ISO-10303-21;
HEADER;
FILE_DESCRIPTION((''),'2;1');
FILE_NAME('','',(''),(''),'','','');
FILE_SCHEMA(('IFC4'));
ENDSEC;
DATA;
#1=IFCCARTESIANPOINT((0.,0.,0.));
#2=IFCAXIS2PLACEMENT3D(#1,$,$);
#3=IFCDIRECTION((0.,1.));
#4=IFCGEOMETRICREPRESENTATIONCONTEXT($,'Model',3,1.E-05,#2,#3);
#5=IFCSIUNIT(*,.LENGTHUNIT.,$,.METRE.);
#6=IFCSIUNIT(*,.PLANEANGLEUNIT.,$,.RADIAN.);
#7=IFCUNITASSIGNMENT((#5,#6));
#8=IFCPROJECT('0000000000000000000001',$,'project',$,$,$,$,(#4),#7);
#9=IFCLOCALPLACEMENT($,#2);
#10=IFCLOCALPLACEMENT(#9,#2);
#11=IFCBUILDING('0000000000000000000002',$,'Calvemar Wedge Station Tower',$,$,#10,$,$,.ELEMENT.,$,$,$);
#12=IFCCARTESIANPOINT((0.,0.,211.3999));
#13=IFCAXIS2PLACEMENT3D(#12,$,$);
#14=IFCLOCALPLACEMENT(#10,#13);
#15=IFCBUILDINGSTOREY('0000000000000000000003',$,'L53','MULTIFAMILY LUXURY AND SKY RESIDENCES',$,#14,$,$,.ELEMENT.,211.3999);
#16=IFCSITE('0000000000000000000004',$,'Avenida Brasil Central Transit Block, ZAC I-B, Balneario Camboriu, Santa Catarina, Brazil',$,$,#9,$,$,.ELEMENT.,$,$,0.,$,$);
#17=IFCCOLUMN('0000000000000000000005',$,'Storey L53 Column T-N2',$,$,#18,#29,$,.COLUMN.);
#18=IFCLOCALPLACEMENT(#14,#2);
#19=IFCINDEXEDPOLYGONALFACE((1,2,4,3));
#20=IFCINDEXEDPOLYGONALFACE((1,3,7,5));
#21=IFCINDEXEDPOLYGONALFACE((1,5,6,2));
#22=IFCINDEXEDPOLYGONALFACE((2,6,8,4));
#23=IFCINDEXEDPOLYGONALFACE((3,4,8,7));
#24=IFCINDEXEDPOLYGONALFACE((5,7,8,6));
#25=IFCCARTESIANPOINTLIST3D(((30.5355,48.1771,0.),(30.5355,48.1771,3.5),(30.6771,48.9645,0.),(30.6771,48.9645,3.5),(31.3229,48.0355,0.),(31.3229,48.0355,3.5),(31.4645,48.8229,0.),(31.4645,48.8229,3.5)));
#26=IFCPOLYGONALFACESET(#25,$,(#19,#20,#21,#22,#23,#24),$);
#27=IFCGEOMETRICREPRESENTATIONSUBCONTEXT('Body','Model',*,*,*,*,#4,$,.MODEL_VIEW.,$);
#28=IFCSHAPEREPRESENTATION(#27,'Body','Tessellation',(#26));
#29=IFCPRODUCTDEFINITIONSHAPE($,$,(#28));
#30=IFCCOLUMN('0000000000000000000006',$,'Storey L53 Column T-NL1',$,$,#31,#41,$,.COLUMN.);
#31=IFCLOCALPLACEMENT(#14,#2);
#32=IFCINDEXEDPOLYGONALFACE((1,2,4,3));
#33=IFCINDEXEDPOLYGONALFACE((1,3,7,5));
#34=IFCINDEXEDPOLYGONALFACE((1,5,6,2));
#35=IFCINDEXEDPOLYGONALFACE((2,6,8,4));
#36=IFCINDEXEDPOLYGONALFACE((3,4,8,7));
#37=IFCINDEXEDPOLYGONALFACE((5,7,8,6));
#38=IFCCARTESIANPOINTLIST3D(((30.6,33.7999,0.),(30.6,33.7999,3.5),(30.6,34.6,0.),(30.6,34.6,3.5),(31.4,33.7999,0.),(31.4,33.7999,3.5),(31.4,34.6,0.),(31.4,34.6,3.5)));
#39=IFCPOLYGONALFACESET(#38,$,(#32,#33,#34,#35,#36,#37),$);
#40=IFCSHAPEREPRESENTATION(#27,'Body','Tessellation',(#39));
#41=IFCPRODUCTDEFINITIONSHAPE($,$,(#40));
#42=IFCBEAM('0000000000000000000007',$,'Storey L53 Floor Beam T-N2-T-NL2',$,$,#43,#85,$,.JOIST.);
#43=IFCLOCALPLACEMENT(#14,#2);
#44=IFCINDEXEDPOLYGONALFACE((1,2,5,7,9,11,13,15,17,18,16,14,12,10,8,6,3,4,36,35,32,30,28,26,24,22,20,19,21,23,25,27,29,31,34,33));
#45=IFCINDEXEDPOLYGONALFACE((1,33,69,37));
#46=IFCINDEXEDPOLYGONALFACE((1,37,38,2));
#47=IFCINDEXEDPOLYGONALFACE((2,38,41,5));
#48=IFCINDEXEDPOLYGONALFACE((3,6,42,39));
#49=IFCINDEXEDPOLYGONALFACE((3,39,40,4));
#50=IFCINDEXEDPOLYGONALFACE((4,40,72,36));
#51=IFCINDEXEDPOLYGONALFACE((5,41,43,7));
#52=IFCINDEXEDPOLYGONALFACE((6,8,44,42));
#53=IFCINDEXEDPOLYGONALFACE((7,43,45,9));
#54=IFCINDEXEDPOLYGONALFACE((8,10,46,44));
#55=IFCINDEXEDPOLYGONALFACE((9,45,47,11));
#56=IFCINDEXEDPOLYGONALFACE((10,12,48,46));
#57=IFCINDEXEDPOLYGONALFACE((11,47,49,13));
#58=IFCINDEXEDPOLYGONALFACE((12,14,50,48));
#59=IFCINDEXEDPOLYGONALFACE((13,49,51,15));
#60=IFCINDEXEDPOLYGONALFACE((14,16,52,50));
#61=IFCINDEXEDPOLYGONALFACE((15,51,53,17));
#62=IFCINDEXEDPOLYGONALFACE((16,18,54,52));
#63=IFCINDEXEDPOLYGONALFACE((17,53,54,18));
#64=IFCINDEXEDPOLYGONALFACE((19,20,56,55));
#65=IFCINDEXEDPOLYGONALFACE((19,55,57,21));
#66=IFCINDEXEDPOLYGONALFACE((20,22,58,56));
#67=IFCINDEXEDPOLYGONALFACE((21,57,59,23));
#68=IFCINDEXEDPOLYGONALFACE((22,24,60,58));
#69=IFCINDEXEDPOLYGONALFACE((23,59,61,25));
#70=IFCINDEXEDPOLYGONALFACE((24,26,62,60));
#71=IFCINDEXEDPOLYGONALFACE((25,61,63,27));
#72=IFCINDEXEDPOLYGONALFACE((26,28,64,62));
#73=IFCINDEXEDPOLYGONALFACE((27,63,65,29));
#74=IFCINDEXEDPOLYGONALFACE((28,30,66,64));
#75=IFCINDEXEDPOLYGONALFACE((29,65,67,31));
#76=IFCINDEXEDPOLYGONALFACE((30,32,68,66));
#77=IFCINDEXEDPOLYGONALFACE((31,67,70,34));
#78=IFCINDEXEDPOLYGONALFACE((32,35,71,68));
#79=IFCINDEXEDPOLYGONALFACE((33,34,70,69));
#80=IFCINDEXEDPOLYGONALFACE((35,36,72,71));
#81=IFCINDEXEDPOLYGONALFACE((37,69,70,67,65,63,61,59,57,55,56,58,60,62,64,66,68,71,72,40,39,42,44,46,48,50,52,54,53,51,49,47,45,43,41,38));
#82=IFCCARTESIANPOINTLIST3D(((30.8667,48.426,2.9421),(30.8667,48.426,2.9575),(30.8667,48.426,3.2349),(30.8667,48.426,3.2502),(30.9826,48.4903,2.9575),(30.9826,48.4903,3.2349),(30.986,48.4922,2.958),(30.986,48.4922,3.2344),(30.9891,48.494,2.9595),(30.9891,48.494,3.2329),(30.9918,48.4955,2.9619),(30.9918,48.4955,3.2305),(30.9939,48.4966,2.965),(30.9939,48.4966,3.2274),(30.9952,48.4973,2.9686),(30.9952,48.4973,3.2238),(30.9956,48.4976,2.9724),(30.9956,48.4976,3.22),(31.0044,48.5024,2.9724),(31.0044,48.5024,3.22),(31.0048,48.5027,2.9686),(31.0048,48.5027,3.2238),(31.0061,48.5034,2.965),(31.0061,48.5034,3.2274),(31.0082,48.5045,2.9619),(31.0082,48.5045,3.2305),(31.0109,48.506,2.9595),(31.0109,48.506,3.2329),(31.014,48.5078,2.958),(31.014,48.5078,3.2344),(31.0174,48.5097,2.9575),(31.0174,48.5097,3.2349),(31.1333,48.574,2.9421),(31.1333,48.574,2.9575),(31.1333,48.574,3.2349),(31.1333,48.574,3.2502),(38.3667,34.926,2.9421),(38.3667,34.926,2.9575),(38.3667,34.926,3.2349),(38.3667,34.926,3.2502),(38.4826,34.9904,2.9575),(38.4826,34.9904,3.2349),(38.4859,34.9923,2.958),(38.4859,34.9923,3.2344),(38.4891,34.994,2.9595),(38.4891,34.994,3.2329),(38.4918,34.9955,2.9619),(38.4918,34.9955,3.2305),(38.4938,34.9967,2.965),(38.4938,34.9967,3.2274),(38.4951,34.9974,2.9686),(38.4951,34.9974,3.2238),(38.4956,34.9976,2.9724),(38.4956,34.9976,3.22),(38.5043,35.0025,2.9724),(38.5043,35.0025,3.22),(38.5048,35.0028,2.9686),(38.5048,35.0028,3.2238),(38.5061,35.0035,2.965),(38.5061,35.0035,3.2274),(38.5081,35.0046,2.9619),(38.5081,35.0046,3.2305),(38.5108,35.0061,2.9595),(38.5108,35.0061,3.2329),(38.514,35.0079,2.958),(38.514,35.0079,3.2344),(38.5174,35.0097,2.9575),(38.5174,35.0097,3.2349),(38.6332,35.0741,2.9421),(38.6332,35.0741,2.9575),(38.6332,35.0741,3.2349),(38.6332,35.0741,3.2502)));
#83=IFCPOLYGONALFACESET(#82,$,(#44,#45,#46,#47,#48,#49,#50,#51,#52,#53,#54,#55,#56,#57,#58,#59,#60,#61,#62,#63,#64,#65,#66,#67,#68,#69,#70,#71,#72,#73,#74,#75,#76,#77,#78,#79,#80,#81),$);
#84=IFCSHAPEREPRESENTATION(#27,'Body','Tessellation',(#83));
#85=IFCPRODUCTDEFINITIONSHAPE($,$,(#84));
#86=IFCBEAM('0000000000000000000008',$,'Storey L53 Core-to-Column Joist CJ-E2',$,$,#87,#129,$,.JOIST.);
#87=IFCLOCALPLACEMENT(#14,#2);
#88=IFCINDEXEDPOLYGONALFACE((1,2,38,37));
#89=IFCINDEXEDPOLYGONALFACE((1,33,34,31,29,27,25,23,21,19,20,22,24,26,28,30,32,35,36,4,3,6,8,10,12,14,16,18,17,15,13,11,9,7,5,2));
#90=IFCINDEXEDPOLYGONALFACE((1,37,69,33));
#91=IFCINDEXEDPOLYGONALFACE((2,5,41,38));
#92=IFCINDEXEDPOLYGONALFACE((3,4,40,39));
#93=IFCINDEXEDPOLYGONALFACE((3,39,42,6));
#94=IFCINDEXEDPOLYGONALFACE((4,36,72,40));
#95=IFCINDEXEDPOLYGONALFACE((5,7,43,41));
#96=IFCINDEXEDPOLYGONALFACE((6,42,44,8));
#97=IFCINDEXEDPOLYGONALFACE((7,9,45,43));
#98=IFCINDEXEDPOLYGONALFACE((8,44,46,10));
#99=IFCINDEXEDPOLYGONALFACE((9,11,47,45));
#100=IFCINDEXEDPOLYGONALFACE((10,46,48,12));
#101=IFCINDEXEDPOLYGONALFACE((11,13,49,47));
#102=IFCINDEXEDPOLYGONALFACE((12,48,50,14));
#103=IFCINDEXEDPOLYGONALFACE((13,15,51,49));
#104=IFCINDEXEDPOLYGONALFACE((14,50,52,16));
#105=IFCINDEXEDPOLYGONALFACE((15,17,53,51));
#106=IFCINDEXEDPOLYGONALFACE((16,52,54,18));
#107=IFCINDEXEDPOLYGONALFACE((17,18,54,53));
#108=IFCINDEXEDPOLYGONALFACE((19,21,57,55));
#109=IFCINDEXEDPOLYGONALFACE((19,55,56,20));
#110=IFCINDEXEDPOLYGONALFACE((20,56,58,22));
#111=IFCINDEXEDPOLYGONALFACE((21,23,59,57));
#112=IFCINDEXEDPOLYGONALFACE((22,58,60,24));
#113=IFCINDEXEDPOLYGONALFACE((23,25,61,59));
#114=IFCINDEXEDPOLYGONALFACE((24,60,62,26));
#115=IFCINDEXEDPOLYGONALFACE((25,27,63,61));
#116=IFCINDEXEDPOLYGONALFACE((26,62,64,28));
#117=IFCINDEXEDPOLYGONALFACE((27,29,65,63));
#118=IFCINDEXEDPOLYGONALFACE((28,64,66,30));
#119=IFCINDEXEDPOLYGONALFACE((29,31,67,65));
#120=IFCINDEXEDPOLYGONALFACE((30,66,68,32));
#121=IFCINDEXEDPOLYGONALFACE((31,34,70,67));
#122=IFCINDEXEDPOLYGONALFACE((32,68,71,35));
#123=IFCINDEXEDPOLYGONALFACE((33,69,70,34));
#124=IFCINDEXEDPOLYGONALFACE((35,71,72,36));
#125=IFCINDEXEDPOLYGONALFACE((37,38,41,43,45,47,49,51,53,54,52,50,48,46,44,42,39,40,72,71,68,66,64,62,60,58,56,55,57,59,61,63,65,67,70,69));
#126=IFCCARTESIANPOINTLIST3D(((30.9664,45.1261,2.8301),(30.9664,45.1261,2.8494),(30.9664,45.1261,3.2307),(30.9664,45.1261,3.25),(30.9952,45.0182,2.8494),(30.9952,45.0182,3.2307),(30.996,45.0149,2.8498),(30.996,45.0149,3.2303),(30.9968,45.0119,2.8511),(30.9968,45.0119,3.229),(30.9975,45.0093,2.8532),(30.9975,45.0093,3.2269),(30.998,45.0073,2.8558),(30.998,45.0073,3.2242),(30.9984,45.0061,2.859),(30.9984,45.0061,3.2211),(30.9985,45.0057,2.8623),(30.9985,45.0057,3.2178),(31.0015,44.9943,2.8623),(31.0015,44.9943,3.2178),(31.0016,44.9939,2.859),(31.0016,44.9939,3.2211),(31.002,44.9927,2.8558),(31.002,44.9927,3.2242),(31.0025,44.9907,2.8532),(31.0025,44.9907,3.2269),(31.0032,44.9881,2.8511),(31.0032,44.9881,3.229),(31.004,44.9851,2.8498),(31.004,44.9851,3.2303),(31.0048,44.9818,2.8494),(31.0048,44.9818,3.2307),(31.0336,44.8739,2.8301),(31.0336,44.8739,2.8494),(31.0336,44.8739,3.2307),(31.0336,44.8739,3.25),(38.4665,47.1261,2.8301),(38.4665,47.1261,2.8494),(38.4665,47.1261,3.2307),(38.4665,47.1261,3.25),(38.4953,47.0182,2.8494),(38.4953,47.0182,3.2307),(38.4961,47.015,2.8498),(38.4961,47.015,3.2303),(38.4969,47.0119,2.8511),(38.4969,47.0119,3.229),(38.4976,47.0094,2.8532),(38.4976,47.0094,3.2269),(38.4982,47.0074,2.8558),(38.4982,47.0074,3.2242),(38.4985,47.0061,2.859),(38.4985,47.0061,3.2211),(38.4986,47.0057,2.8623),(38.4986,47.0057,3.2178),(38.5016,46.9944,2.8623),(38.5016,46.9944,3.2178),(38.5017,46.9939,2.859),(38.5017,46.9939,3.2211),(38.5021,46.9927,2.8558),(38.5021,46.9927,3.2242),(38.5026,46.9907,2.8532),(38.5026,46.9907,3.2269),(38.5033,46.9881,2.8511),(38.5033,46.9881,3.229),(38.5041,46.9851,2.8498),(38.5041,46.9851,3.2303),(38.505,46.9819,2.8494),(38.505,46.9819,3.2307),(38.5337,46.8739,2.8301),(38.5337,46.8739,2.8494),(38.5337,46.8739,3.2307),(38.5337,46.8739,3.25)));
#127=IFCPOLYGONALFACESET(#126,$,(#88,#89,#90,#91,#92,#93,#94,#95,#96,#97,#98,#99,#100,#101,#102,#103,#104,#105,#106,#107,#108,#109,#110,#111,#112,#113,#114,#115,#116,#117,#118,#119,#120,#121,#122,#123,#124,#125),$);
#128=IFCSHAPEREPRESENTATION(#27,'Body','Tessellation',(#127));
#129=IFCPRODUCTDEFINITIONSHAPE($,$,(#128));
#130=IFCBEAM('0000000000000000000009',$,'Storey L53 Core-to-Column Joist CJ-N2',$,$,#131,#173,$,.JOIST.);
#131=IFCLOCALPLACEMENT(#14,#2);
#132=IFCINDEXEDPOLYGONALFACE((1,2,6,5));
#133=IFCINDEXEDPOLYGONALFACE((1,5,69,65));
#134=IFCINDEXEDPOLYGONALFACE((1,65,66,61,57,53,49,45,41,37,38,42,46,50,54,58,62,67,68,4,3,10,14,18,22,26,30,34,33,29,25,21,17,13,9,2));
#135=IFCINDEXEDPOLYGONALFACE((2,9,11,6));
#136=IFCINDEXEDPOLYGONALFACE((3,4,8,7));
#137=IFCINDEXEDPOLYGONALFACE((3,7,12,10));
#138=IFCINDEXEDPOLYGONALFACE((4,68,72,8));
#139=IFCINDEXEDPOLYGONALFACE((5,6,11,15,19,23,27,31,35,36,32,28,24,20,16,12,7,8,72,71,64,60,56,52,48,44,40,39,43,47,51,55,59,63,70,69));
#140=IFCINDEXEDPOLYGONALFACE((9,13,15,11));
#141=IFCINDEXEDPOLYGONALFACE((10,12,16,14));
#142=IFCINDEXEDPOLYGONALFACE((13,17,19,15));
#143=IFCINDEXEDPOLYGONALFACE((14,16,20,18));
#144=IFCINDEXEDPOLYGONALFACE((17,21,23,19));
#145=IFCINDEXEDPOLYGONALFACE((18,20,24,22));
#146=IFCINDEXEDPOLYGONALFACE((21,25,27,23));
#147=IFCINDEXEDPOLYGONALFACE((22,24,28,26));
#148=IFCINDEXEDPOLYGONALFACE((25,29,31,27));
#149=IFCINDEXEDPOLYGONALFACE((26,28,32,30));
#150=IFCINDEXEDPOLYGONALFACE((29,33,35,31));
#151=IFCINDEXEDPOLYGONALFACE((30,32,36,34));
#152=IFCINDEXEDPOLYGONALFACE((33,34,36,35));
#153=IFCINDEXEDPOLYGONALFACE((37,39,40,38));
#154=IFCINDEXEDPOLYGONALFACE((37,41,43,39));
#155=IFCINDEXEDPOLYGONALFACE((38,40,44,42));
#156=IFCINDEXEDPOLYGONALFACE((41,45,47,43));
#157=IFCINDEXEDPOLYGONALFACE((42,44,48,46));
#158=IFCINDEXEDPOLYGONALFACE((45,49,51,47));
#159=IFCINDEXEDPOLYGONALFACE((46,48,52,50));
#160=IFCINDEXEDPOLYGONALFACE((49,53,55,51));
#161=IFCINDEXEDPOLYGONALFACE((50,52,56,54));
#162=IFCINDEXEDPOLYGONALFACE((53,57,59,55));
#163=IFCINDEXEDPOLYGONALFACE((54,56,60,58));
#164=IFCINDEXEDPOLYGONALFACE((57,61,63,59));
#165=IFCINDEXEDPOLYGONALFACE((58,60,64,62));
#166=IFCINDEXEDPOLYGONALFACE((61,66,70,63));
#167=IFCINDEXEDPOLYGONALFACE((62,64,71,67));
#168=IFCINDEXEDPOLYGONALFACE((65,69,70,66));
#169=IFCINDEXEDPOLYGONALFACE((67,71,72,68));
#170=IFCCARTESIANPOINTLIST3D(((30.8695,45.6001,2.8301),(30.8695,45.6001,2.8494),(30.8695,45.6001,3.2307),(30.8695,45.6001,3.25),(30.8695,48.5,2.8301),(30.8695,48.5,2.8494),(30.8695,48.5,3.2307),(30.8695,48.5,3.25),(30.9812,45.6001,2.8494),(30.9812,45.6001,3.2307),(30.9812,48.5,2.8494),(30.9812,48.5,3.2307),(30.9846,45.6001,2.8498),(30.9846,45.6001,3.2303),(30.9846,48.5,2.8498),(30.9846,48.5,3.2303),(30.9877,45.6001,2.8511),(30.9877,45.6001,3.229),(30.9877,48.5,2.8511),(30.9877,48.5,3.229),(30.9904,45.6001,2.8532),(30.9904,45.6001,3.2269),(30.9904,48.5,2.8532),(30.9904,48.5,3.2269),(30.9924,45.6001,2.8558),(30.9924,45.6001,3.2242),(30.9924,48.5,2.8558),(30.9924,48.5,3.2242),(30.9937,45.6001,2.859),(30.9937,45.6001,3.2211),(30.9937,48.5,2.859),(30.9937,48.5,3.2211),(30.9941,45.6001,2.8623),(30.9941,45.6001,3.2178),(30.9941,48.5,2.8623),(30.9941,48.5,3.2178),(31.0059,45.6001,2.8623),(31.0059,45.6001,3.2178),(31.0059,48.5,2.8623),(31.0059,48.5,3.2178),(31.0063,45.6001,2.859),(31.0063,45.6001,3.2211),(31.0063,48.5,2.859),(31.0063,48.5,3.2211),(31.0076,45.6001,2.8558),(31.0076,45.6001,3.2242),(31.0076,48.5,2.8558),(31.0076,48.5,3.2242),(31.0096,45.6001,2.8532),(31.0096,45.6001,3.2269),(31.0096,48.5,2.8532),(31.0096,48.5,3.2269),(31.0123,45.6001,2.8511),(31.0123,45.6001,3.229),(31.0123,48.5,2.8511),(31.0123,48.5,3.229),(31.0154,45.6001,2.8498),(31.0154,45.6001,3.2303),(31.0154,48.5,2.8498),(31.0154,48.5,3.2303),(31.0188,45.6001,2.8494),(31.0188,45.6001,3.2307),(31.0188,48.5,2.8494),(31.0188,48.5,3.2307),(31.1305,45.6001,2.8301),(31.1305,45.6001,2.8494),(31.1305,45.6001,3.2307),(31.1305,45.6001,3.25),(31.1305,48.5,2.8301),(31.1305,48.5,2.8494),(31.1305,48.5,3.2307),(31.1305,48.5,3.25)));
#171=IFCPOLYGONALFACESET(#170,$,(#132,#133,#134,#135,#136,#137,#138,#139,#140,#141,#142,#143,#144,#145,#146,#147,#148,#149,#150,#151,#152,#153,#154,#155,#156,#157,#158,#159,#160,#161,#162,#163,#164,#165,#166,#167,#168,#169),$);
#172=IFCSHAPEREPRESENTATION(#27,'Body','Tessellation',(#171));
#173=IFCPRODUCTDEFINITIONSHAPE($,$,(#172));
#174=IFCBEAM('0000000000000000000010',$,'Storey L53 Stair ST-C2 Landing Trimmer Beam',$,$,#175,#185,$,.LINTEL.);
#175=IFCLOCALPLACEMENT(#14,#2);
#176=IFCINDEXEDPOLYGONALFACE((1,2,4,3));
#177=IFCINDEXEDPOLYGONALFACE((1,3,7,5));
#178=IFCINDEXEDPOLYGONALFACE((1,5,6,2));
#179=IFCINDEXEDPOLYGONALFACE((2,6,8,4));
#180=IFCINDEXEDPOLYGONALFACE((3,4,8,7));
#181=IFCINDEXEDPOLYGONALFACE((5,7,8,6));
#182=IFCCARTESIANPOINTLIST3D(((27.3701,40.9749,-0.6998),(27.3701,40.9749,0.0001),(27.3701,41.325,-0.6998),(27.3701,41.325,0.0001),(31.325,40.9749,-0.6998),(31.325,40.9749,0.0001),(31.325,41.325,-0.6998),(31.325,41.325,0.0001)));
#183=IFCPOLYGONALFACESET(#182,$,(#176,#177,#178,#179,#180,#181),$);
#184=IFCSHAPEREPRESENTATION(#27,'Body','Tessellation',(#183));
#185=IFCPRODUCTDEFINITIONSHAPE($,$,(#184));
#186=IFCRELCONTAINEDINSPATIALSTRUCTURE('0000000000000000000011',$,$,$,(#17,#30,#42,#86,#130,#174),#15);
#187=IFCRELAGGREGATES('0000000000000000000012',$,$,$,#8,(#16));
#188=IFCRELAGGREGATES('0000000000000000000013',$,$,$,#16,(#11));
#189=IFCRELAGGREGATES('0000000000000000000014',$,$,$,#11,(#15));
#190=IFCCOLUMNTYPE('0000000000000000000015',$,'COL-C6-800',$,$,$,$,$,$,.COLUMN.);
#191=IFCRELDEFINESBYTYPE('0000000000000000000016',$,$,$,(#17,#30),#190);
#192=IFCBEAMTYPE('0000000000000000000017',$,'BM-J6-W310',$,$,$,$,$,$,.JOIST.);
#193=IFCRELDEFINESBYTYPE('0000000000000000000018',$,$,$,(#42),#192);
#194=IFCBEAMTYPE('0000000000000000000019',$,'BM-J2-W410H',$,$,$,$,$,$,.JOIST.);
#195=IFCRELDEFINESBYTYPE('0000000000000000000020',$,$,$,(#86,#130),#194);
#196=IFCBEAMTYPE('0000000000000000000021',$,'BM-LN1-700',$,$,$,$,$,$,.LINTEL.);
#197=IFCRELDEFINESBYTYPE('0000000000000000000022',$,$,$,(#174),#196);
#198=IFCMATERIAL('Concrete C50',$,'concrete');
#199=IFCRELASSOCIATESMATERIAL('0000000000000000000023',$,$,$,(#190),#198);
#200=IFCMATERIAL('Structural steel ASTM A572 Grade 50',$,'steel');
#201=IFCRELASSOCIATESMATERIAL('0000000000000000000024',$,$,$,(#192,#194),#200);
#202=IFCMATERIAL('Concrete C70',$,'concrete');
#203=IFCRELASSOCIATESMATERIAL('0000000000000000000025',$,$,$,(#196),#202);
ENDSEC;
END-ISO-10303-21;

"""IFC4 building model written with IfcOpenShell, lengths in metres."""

from ifc_helpers import new_model, si_unit, direction, frame, origin, origin_2d, place, context, subcontext, project, spatial, rectangle, i_section, extrude, source, transform, mapped, material, material_profile, profile_set, type_object, element, save


model = new_model("IFC4")

# Units and contexts
model_context = context("Model", 3, precision=1e-05, world=origin(), true_north=direction((0.0, 1.0)))
body_context = subcontext(model_context, "Body", "Model", "MODEL_VIEW")
ifc_project = project(units=[si_unit("LENGTHUNIT", "METRE"), si_unit("PLANEANGLEUNIT", "RADIAN")], contexts=[model_context])

# Site, building, storey
site_placement = place(None, origin())
site = spatial("IfcSite", under=ifc_project, at=site_placement, Name="Avenida Brasil Central Transit Block, ZAC I-B, Balneario Camboriu, Santa Catarina, Brazil", CompositionType="ELEMENT", RefElevation=0.0)
building_placement = place(site_placement, origin())
building = spatial("IfcBuilding", under=site, at=building_placement, Name="Calvemar Wedge Station Tower", CompositionType="ELEMENT")
storey_placement = place(building_placement, frame((0.0, 0.0, 211.3999)))
storey = spatial("IfcBuildingStorey", under=building, at=storey_placement, Name="L53", Description="MULTIFAMILY LUXURY AND SKY RESIDENCES", CompositionType="ELEMENT", Elevation=211.3999)

# Columns
ifc_material_1 = material(Name="Concrete C50", Category="concrete")
ifc_material_profile_1 = material_profile(ifc_material_1, rectangle(XDim=0.8, YDim=0.8, at=origin_2d()), Name="RC800x800")
ifc_profile_set_1 = profile_set([ifc_material_profile_1], Name="Concrete C50")
column_type = type_object("IfcColumnType", Name="COL-C6-800", PredefinedType="COLUMN", material=ifc_profile_set_1)
shared_shape_1 = source(origin(), body_context, "Body", "SweptSolid", [
    extrude(rectangle(XDim=0.8, YDim=0.8, at=origin_2d()), origin(), (0.0, 0.0, 1.0), 3.5),
])
for number, where, z_axis, x_axis, name in (
    (1, (31.0, 48.5, 0.0), (0.0, 0.0, 1.0), (0.984196, -0.177085, 0.0), "Storey L53 Column T-N2"),
    (2, (31.0, 34.2, 0.0), (0.0, 0.0, 1.0), (1.0, 0.0, 0.0), "Storey L53 Column T-NL1"),
):
    element("IfcColumn", number, at=place(storey_placement, frame(where, z_axis=z_axis, x_axis=x_axis)), inside=storey, type_object=column_type, Name=name, PredefinedType="COLUMN", context=body_context, shape_type="MappedRepresentation", body=[
        mapped(shared_shape_1, transform((0.0, 0.0, 0.0), scale=1.0)),
    ])

# Beams
ifc_material_2 = material(Name="Structural steel ASTM A572 Grade 50", Category="steel")
ifc_material_profile_2 = material_profile(ifc_material_2, i_section(OverallWidth=0.3049, OverallDepth=0.3081, WebThickness=0.01, FlangeThickness=0.0154, FilletRadius=0.0149, at=origin_2d()), Name="W310x97")
ifc_profile_set_2 = profile_set([ifc_material_profile_2], Name="Structural steel ASTM A572 Grade 50")
beam_type_1 = type_object("IfcBeamType", Name="BM-J6-W310", PredefinedType="JOIST", material=ifc_profile_set_2)
shared_shape_2 = source(origin(), body_context, "Body", "SweptSolid", [
    extrude(i_section(OverallWidth=0.3049, OverallDepth=0.3081, WebThickness=0.01, FlangeThickness=0.0154, FilletRadius=0.0149, at=origin_2d()), origin(), (0.0, 0.0, 1.0), 15.4434),
])
beam_1_placement = place(storey_placement, frame((31.0, 48.5, 3.0962), z_axis=(0.485643, -0.874157, 0.0), x_axis=(0.874157, 0.485643, 0.0)))
element("IfcBeam", 3, at=beam_1_placement, inside=storey, type_object=beam_type_1, Name="Storey L53 Floor Beam T-N2-T-NL2", PredefinedType="JOIST", context=body_context, shape_type="MappedRepresentation", body=[
    mapped(shared_shape_2, transform((0.0, 0.0, 0.0), scale=1.0)),
])
ifc_material_profile_3 = material_profile(ifc_material_2, i_section(OverallWidth=0.261, OverallDepth=0.4199, WebThickness=0.0117, FlangeThickness=0.0193, FilletRadius=0.0129, at=origin_2d()), Name="W410x114")
ifc_profile_set_3 = profile_set([ifc_material_profile_3], Name="Structural steel ASTM A572 Grade 50")
beam_type_2 = type_object("IfcBeamType", Name="BM-J2-W410H", PredefinedType="JOIST", material=ifc_profile_set_3)
shared_shape_3 = source(origin(), body_context, "Body", "SweptSolid", [
    extrude(i_section(OverallWidth=0.261, OverallDepth=0.4199, WebThickness=0.0117, FlangeThickness=0.0193, FilletRadius=0.0129, at=origin_2d()), origin(), (0.0, 0.0, 1.0), 7.7622),
])
beam_2_placement = place(storey_placement, frame((31.0, 45.0, 3.04), z_axis=(0.966235, 0.257663, 0.0), x_axis=(-0.257663, 0.966235, 0.0)))
element("IfcBeam", 4, at=beam_2_placement, inside=storey, type_object=beam_type_2, Name="Storey L53 Core-to-Column Joist CJ-E2", PredefinedType="JOIST", context=body_context, shape_type="MappedRepresentation", body=[
    mapped(shared_shape_3, transform((0.0, 0.0, 0.0), scale=1.0)),
])
shared_shape_4 = source(origin(), body_context, "Body", "SweptSolid", [
    extrude(i_section(OverallWidth=0.261, OverallDepth=0.4199, WebThickness=0.0117, FlangeThickness=0.0193, FilletRadius=0.0129, at=origin_2d()), origin(), (0.0, 0.0, 1.0), 2.8999),
])
beam_3_placement = place(storey_placement, frame((31.0, 45.6001, 3.04), z_axis=(0.0, 1.0, 0.0), x_axis=(-1.0, 0.0, 0.0)))
element("IfcBeam", 5, at=beam_3_placement, inside=storey, type_object=beam_type_2, Name="Storey L53 Core-to-Column Joist CJ-N2", PredefinedType="JOIST", context=body_context, shape_type="MappedRepresentation", body=[
    mapped(shared_shape_4, transform((0.0, 0.0, 0.0), scale=1.0)),
])
ifc_material_3 = material(Name="Concrete C70", Category="concrete")
ifc_material_profile_4 = material_profile(ifc_material_3, rectangle(XDim=0.3501, YDim=0.7, at=origin_2d()), Name="RC350x700")
ifc_profile_set_4 = profile_set([ifc_material_profile_4], Name="Concrete C70")
beam_type_3 = type_object("IfcBeamType", Name="BM-LN1-700", PredefinedType="LINTEL", material=ifc_profile_set_4)
shared_shape_5 = source(origin(), body_context, "Body", "SweptSolid", [
    extrude(rectangle(XDim=0.3501, YDim=0.7, at=origin_2d()), origin(), (0.0, 0.0, 1.0), 3.9548),
])
for number, where, z_axis, x_axis, name in (
    (6, (27.3701, 41.1499, -0.3499), (1.0, 0.0, 0.0), (0.0, 1.0, 0.0), "Storey L53 Stair ST-C2 Landing Trimmer Beam"),
):
    element("IfcBeam", number, at=place(storey_placement, frame(where, z_axis=z_axis, x_axis=x_axis)), inside=storey, type_object=beam_type_3, Name=name, PredefinedType="LINTEL", context=body_context, shape_type="MappedRepresentation", body=[
        mapped(shared_shape_5, transform((0.0, 0.0, 0.0), scale=1.0)),
    ])

save(model, "model.ifc")
